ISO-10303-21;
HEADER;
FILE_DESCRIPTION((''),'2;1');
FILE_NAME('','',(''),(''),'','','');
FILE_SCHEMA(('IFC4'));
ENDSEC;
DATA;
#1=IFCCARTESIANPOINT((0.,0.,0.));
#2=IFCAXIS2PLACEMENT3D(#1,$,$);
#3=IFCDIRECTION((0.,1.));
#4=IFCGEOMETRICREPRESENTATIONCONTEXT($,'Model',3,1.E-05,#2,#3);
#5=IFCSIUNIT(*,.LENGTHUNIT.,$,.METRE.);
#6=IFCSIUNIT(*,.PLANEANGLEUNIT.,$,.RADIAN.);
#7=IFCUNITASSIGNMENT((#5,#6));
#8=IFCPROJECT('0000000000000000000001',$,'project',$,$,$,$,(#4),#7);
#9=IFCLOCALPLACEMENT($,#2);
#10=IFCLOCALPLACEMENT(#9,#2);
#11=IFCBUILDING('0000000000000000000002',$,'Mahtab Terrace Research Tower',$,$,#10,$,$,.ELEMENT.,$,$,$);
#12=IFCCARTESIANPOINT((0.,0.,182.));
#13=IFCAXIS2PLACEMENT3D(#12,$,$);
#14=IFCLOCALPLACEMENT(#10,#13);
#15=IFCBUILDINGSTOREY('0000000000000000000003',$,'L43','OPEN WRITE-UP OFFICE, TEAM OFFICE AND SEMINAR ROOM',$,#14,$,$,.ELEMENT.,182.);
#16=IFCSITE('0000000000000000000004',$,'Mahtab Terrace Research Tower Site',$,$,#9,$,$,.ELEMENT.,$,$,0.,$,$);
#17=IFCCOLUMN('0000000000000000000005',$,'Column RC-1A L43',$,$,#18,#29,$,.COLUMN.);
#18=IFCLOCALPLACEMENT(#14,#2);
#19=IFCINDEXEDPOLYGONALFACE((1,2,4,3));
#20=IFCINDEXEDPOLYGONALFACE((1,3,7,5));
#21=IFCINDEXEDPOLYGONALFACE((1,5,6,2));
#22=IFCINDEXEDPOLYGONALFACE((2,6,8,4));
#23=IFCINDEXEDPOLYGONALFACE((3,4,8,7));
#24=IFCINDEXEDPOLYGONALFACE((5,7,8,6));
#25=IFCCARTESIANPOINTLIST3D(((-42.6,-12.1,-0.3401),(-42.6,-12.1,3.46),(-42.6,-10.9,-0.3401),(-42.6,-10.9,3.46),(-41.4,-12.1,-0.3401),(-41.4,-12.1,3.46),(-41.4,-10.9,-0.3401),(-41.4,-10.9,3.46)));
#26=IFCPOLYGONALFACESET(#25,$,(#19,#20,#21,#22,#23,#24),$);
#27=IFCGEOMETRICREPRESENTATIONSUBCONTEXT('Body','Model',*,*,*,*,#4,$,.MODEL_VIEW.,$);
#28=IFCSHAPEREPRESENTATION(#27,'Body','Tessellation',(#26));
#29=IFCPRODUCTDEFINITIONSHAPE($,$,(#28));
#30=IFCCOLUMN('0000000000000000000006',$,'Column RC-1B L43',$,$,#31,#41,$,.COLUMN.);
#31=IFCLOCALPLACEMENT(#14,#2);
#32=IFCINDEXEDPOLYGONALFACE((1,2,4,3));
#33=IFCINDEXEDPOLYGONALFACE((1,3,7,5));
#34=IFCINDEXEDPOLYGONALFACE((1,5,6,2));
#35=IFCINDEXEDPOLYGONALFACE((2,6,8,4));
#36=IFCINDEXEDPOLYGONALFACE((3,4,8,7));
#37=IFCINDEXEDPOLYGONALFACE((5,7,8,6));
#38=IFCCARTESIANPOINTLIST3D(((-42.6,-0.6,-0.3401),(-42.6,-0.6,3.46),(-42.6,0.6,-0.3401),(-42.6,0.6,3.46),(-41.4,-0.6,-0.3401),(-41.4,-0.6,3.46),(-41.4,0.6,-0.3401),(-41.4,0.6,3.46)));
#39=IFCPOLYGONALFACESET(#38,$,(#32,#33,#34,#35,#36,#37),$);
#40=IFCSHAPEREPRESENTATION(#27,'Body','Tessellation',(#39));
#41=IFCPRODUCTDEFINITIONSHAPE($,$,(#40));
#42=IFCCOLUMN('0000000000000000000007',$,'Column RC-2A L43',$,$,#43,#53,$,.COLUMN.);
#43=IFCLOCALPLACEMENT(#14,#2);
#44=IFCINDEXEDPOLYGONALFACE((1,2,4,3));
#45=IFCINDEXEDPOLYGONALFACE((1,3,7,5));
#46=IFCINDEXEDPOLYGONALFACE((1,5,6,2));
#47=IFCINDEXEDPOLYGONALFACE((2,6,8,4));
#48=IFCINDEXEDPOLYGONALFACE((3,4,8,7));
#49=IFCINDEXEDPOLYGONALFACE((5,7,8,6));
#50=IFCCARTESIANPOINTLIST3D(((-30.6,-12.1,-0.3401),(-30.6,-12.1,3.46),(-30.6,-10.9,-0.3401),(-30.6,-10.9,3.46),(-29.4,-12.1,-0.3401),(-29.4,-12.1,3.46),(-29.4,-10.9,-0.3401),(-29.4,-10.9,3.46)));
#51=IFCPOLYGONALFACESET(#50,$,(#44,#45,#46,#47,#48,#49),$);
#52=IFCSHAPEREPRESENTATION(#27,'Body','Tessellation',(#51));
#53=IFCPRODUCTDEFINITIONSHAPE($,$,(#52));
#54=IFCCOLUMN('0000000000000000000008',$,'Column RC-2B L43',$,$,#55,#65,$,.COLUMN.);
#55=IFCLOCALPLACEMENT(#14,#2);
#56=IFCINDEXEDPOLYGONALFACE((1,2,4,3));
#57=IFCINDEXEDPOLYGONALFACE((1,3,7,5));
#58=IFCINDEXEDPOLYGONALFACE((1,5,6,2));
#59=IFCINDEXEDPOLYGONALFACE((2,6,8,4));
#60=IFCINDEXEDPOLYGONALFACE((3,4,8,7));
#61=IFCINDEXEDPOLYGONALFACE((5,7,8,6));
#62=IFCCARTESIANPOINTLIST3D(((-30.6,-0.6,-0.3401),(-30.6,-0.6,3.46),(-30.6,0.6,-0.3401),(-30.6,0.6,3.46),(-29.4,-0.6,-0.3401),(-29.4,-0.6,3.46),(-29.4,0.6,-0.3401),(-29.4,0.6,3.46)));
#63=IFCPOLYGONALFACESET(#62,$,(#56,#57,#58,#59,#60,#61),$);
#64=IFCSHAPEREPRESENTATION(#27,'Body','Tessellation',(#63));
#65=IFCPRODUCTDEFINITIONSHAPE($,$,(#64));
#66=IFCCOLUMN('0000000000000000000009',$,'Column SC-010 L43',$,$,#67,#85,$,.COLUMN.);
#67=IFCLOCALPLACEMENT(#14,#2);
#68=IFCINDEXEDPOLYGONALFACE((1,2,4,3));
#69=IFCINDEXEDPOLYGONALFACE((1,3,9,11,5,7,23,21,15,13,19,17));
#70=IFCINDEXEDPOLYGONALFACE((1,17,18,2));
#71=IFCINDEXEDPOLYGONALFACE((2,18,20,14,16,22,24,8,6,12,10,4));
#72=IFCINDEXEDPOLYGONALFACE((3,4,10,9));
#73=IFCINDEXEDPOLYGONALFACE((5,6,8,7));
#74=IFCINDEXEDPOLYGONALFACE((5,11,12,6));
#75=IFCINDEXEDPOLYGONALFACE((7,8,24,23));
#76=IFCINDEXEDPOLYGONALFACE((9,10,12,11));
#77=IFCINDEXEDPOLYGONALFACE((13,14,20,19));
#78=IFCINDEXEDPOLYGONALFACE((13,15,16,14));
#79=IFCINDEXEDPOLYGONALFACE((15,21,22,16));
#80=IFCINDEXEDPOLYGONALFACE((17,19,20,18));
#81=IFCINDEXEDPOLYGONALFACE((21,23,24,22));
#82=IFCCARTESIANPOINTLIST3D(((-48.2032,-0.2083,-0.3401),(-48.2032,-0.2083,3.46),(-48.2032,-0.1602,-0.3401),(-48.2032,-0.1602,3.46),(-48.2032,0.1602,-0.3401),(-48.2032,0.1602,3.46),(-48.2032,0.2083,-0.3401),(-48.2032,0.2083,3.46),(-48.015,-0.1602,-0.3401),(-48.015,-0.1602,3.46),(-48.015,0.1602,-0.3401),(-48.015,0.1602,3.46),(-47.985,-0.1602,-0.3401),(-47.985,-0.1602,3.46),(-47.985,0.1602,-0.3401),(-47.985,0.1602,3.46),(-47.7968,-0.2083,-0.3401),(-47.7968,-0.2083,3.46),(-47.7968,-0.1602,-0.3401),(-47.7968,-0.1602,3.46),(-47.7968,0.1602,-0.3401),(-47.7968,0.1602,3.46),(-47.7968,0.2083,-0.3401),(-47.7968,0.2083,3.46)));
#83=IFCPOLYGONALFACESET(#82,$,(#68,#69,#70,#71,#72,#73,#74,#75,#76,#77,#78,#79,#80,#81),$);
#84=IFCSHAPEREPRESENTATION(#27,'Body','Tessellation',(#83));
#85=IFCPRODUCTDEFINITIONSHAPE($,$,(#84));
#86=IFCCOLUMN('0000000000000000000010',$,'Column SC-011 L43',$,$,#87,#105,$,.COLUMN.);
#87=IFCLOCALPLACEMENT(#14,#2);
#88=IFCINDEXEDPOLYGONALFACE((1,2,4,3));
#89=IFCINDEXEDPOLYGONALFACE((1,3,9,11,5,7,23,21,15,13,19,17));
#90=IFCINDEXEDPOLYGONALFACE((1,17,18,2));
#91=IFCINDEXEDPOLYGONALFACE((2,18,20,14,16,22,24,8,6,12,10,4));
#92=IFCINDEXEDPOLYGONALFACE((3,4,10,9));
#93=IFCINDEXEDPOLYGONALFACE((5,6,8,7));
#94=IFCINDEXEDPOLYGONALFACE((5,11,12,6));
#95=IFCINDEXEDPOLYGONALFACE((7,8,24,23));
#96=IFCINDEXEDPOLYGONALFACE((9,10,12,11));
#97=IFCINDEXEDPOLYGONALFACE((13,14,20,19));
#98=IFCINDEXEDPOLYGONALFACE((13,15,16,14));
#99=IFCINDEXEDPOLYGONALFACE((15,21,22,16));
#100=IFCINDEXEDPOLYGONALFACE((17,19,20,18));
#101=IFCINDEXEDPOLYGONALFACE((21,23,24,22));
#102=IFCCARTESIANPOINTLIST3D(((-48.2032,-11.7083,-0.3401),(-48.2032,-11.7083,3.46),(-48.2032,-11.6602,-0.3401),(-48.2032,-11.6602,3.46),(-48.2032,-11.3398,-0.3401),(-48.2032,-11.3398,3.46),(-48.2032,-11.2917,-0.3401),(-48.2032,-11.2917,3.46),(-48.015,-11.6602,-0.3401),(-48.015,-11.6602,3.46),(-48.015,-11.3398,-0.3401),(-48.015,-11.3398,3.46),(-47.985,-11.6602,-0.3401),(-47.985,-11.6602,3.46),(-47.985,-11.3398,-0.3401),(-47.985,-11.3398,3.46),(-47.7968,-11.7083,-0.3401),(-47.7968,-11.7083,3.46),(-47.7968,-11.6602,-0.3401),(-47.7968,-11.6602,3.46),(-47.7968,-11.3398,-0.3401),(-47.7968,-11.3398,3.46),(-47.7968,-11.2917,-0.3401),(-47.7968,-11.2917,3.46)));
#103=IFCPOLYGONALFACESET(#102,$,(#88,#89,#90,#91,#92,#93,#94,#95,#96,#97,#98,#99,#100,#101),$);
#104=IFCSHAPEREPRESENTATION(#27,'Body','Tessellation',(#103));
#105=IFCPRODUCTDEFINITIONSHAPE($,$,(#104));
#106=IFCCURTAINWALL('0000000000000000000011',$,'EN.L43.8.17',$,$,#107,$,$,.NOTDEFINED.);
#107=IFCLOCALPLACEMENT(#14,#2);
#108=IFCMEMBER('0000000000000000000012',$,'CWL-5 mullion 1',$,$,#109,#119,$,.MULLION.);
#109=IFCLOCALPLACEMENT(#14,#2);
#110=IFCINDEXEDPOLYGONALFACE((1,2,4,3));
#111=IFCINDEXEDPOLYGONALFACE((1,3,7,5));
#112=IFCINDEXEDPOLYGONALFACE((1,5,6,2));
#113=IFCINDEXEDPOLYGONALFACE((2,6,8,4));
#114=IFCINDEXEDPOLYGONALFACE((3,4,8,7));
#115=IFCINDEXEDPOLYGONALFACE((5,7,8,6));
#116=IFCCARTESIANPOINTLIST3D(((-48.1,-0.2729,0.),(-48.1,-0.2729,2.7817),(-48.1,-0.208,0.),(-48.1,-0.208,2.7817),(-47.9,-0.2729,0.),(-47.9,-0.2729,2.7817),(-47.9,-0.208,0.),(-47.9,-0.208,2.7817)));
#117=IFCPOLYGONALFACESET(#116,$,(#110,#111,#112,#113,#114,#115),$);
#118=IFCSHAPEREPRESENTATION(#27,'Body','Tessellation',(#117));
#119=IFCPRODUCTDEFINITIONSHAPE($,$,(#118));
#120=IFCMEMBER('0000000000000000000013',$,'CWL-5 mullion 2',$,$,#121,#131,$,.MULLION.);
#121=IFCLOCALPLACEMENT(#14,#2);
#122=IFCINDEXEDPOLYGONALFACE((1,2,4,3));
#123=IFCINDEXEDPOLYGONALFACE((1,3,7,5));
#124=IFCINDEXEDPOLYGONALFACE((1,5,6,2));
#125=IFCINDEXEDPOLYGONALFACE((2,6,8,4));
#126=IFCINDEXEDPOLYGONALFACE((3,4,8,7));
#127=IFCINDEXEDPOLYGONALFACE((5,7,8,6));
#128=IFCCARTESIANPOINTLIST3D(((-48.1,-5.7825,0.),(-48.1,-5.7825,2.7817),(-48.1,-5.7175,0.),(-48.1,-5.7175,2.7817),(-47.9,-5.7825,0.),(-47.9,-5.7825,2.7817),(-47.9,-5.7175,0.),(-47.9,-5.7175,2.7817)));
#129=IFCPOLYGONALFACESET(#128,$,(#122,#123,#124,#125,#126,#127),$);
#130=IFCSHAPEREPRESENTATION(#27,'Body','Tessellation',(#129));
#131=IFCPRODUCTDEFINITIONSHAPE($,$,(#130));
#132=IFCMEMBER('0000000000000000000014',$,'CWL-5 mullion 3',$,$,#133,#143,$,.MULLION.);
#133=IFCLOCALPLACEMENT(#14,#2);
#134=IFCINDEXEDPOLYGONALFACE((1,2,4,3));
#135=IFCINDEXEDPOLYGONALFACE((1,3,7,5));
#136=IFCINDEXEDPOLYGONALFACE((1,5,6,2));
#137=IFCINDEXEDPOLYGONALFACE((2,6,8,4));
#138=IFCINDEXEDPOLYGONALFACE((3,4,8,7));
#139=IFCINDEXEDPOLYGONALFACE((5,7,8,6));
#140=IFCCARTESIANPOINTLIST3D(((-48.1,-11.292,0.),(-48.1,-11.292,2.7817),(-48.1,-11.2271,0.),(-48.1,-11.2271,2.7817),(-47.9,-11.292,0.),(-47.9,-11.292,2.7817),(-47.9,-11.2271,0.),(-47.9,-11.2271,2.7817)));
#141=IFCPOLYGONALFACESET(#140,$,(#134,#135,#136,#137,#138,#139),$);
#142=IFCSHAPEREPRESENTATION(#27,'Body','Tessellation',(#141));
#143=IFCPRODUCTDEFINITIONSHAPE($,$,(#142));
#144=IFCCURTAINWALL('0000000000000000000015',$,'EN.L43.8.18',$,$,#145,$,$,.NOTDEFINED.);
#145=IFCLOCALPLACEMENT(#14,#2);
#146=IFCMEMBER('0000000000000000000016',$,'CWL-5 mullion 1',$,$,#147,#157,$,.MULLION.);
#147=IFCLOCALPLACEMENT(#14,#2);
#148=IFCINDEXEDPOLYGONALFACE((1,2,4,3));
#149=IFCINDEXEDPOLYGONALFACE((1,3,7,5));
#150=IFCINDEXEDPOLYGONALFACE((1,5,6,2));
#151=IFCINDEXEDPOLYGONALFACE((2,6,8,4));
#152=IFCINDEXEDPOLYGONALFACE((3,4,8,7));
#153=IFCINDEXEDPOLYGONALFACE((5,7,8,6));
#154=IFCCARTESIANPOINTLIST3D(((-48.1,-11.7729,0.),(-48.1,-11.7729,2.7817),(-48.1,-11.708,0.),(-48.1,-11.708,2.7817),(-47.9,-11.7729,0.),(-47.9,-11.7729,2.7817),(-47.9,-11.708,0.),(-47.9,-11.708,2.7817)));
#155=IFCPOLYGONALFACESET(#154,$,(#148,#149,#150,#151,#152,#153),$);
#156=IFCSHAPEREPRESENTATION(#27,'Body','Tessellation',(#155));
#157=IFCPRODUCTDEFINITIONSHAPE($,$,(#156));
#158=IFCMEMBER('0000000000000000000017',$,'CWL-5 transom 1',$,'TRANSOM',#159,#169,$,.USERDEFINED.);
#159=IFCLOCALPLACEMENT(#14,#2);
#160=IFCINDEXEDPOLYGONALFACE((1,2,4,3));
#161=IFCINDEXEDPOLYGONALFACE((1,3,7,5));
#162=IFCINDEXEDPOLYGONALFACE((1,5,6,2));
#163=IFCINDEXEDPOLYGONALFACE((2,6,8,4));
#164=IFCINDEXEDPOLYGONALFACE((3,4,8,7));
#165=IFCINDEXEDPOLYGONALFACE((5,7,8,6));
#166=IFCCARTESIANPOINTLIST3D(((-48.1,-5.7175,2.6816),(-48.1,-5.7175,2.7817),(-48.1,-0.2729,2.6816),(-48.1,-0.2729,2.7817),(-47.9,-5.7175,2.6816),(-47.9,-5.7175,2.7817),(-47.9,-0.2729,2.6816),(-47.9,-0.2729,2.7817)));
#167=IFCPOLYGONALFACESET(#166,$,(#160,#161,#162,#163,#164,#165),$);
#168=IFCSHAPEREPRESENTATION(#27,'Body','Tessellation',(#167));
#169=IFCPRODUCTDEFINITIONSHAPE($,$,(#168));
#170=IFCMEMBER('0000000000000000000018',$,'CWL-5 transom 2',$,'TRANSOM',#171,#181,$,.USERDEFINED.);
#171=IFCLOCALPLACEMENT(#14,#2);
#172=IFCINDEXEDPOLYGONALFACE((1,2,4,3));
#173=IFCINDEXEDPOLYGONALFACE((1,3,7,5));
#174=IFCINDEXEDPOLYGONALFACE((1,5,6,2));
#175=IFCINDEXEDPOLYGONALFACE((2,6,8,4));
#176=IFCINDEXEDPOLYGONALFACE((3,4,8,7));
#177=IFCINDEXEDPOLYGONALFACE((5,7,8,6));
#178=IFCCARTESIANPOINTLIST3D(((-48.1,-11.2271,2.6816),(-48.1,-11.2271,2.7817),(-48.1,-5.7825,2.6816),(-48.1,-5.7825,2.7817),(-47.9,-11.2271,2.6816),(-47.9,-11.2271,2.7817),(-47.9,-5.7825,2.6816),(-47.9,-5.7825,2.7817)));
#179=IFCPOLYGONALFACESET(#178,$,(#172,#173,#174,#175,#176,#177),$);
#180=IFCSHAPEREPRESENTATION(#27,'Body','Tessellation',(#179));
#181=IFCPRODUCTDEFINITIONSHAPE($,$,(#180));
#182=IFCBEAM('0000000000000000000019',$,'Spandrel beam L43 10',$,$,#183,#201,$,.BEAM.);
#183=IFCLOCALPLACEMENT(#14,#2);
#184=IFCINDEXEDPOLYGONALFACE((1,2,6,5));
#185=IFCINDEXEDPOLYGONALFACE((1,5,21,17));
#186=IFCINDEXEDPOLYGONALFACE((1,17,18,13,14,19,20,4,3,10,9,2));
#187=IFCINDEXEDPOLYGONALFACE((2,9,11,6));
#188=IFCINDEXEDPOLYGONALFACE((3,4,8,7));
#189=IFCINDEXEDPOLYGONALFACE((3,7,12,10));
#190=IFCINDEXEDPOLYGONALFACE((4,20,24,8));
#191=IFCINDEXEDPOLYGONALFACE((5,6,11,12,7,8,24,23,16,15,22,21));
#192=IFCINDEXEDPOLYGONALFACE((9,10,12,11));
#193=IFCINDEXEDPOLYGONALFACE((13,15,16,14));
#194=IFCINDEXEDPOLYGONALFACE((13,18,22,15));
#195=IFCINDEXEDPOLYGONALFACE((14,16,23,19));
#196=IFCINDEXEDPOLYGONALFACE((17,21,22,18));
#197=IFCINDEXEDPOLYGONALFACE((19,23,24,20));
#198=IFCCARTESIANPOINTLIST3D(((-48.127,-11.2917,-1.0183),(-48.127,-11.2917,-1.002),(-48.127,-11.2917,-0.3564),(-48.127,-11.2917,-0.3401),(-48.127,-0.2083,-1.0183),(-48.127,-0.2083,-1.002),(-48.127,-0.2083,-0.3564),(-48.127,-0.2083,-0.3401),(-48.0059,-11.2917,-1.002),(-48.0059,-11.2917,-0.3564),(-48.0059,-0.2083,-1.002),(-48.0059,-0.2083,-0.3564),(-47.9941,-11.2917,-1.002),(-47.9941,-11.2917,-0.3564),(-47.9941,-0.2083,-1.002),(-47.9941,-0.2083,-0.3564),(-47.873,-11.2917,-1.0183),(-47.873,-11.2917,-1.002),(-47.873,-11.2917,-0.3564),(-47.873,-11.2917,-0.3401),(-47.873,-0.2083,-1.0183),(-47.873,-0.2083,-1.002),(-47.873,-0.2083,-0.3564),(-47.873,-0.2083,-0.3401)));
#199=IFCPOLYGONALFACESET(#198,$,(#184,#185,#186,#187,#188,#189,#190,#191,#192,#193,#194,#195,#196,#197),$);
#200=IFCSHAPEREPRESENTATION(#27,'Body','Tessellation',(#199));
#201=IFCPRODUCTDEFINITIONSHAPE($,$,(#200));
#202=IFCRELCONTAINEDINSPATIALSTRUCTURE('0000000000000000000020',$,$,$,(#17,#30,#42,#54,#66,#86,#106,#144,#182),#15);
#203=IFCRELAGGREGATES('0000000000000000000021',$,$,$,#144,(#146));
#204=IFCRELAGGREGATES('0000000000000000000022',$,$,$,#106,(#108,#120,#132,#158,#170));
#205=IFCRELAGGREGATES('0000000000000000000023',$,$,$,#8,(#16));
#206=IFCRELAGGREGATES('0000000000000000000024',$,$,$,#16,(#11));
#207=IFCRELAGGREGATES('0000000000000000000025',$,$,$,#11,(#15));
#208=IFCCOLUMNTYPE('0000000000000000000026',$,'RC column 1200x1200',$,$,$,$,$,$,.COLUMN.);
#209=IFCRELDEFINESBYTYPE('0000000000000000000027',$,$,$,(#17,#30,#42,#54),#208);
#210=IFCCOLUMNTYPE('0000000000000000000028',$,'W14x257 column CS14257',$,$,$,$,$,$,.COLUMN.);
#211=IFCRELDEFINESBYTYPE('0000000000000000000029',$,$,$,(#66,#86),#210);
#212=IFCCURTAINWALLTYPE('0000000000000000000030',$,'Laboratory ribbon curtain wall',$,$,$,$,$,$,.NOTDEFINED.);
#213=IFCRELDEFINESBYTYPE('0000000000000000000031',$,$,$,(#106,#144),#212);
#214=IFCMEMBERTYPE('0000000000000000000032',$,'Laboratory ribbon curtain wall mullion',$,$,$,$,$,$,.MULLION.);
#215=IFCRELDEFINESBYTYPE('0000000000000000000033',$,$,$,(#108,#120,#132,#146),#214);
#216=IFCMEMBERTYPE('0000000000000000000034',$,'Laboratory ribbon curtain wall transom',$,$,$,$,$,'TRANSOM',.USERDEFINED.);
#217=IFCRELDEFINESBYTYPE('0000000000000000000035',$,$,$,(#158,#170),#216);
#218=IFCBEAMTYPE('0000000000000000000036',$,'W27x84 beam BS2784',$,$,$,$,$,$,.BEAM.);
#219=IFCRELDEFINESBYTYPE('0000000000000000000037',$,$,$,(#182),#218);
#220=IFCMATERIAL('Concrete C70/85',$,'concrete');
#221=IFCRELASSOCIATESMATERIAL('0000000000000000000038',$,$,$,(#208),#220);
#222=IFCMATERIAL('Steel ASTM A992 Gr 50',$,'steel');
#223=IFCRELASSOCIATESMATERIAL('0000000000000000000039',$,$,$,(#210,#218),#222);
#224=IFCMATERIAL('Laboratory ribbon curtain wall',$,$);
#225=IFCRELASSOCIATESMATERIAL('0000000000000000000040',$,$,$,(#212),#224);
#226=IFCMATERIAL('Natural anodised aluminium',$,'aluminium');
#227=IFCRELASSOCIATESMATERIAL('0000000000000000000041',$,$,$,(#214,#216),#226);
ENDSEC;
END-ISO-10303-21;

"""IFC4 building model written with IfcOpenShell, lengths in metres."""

from ifc_helpers import new_model, si_unit, direction, frame, origin, origin_2d, place, context, subcontext, project, spatial, rectangle, i_section, extrude, material, material_profile, profile_set, type_object, element, aggregate, save


model = new_model("IFC4")

# Units and contexts
model_context = context("Model", 3, precision=1e-05, world=origin(), true_north=direction((0.0, 1.0)))
body_context = subcontext(model_context, "Body", "Model", "MODEL_VIEW")
ifc_project = project(units=[si_unit("LENGTHUNIT", "METRE"), si_unit("PLANEANGLEUNIT", "RADIAN")], contexts=[model_context])

# Site, building, storey
site_placement = place(None, origin())
site = spatial("IfcSite", under=ifc_project, at=site_placement, Name="Mahtab Terrace Research Tower Site", CompositionType="ELEMENT", RefElevation=0.0)
building_placement = place(site_placement, origin())
building = spatial("IfcBuilding", under=site, at=building_placement, Name="Mahtab Terrace Research Tower", CompositionType="ELEMENT")
storey_placement = place(building_placement, frame((0.0, 0.0, 182.0)))
storey = spatial("IfcBuildingStorey", under=building, at=storey_placement, Name="L43", Description="OPEN WRITE-UP OFFICE, TEAM OFFICE AND SEMINAR ROOM", CompositionType="ELEMENT", Elevation=182.0)

# Columns
ifc_material_1 = material(Name="Concrete C70/85", Category="concrete")
ifc_material_profile_1 = material_profile(ifc_material_1, rectangle(XDim=1.2, YDim=1.2, at=origin_2d()), Name="RC column 1200x1200")
ifc_profile_set_1 = profile_set([ifc_material_profile_1], Name="Concrete C70/85")
column_type_1 = type_object("IfcColumnType", Name="RC column 1200x1200", PredefinedType="COLUMN", material=ifc_profile_set_1)
for number, where, z_axis, x_axis, name in (
    (1, (-42.0, -11.5, -0.3401), (0.0, 0.0, 1.0), (1.0, 0.0, 0.0), "Column RC-1A L43"),
    (2, (-42.0, 0.0, -0.3401), (0.0, 0.0, 1.0), (1.0, 0.0, 0.0), "Column RC-1B L43"),
    (3, (-30.0, -11.5, -0.3401), (0.0, 0.0, 1.0), (1.0, 0.0, 0.0), "Column RC-2A L43"),
    (4, (-30.0, 0.0, -0.3401), (0.0, 0.0, 1.0), (1.0, 0.0, 0.0), "Column RC-2B L43"),
):
    element("IfcColumn", number, at=place(storey_placement, frame(where, z_axis=z_axis, x_axis=x_axis)), inside=storey, type_object=column_type_1, Name=name, PredefinedType="COLUMN", context=body_context, shape_type="SweptSolid", body=[
        extrude(rectangle(XDim=1.2, YDim=1.2, at=origin_2d()), origin(), (0.0, 0.0, 1.0), 3.8),
    ])
ifc_material_2 = material(Name="Steel ASTM A992 Gr 50", Category="steel")
ifc_material_profile_2 = material_profile(ifc_material_2, i_section(OverallWidth=0.4065, OverallDepth=0.4165, WebThickness=0.03, FlangeThickness=0.0481, at=origin_2d()), Name="W14X257")
ifc_profile_set_2 = profile_set([ifc_material_profile_2], Name="Steel ASTM A992 Gr 50")
column_type_2 = type_object("IfcColumnType", Name="W14x257 column CS14257", PredefinedType="COLUMN", material=ifc_profile_set_2)
for number, where, z_axis, x_axis, name in (
    (5, (-48.0, 0.0, -0.3401), (0.0, 0.0, 1.0), (1.0, 0.0, 0.0), "Column SC-010 L43"),
    (6, (-48.0, -11.5, -0.3401), (0.0, 0.0, 1.0), (1.0, 0.0, 0.0), "Column SC-011 L43"),
):
    element("IfcColumn", number, at=place(storey_placement, frame(where, z_axis=z_axis, x_axis=x_axis)), inside=storey, type_object=column_type_2, Name=name, PredefinedType="COLUMN", context=body_context, shape_type="SweptSolid", body=[
        extrude(i_section(OverallWidth=0.4065, OverallDepth=0.4165, WebThickness=0.03, FlangeThickness=0.0481, at=origin_2d()), origin(), (0.0, 0.0, 1.0), 3.8),
    ])

# Curtain wall, members
ifc_material_3 = material(Name="Laboratory ribbon curtain wall")
curtain_wall_type = type_object("IfcCurtainWallType", Name="Laboratory ribbon curtain wall", PredefinedType="NOTDEFINED", material=ifc_material_3)
curtain_wall_1_placement = place(storey_placement, origin())
curtain_wall_1 = element("IfcCurtainWall", 7, at=curtain_wall_1_placement, inside=storey, type_object=curtain_wall_type, Name="EN.L43.8.17", PredefinedType="NOTDEFINED")
ifc_material_4 = material(Name="Natural anodised aluminium", Category="aluminium")
ifc_material_profile_3 = material_profile(ifc_material_4, rectangle(XDim=0.2, YDim=0.0649, at=origin_2d()), Name="MULLION 65x200")
ifc_profile_set_3 = profile_set([ifc_material_profile_3], Name="Natural anodised aluminium")
member_type_1 = type_object("IfcMemberType", Name="Laboratory ribbon curtain wall mullion", PredefinedType="MULLION", material=ifc_profile_set_3)
member_1_placement = place(storey_placement, frame((-48.0, -0.2405, 0.0), z_axis=(0.0, 0.0, 1.0), x_axis=(1.0, 0.0, 0.0)))
member_1 = element("IfcMember", 8, at=member_1_placement, type_object=member_type_1, Name="CWL-5 mullion 1", PredefinedType="MULLION", context=body_context, shape_type="SweptSolid", body=[
    extrude(rectangle(XDim=0.2, YDim=0.0649, at=origin_2d()), origin(), (0.0, 0.0, 1.0), 2.7817),
])
member_2_placement = place(storey_placement, frame((-48.0, -5.75, 0.0), z_axis=(0.0, 0.0, 1.0), x_axis=(1.0, 0.0, 0.0)))
member_2 = element("IfcMember", 9, at=member_2_placement, type_object=member_type_1, Name="CWL-5 mullion 2", PredefinedType="MULLION", context=body_context, shape_type="SweptSolid", body=[
    extrude(rectangle(XDim=0.2, YDim=0.0649, at=origin_2d()), origin(), (0.0, 0.0, 1.0), 2.7817),
])
member_3_placement = place(storey_placement, frame((-48.0, -11.2595, 0.0), z_axis=(0.0, 0.0, 1.0), x_axis=(1.0, 0.0, 0.0)))
member_3 = element("IfcMember", 10, at=member_3_placement, type_object=member_type_1, Name="CWL-5 mullion 3", PredefinedType="MULLION", context=body_context, shape_type="SweptSolid", body=[
    extrude(rectangle(XDim=0.2, YDim=0.0649, at=origin_2d()), origin(), (0.0, 0.0, 1.0), 2.7817),
])

# Curtain wall, member
curtain_wall_2_placement = place(storey_placement, origin())
curtain_wall_2 = element("IfcCurtainWall", 11, at=curtain_wall_2_placement, inside=storey, type_object=curtain_wall_type, Name="EN.L43.8.18", PredefinedType="NOTDEFINED")
member_4_placement = place(storey_placement, frame((-48.0, -11.7405, 0.0), z_axis=(0.0, 0.0, 1.0), x_axis=(1.0, 0.0, 0.0)))
member_4 = element("IfcMember", 12, at=member_4_placement, type_object=member_type_1, Name="CWL-5 mullion 1", PredefinedType="MULLION", context=body_context, shape_type="SweptSolid", body=[
    extrude(rectangle(XDim=0.2, YDim=0.0649, at=origin_2d()), origin(), (0.0, 0.0, 1.0), 2.7817),
])
aggregate(curtain_wall_2, [member_4])

# Members
ifc_material_profile_4 = material_profile(ifc_material_4, rectangle(XDim=0.2, YDim=0.1001, at=origin_2d()), Name="TRANSOM 100x200")
ifc_profile_set_4 = profile_set([ifc_material_profile_4], Name="Natural anodised aluminium")
member_type_2 = type_object("IfcMemberType", Name="Laboratory ribbon curtain wall transom", ElementType="TRANSOM", PredefinedType="USERDEFINED", material=ifc_profile_set_4)
member_5_placement = place(storey_placement, frame((-48.0, -0.2729, 2.7317), z_axis=(0.0, -1.0, 0.0), x_axis=(1.0, 0.0, 0.0)))
member_5 = element("IfcMember", 13, at=member_5_placement, type_object=member_type_2, Name="CWL-5 transom 1", ObjectType="TRANSOM", PredefinedType="USERDEFINED", context=body_context, shape_type="SweptSolid", body=[
    extrude(rectangle(XDim=0.2, YDim=0.1001, at=origin_2d()), origin(), (0.0, 0.0, 1.0), 5.4446),
])
member_6_placement = place(storey_placement, frame((-48.0, -5.7825, 2.7317), z_axis=(0.0, -1.0, 0.0), x_axis=(1.0, 0.0, 0.0)))
member_6 = element("IfcMember", 14, at=member_6_placement, type_object=member_type_2, Name="CWL-5 transom 2", ObjectType="TRANSOM", PredefinedType="USERDEFINED", context=body_context, shape_type="SweptSolid", body=[
    extrude(rectangle(XDim=0.2, YDim=0.1001, at=origin_2d()), origin(), (0.0, 0.0, 1.0), 5.4446),
])

# Beam
ifc_material_profile_5 = material_profile(ifc_material_2, i_section(OverallWidth=0.2539, OverallDepth=0.6782, WebThickness=0.0117, FlangeThickness=0.0164, at=origin_2d()), Name="W27X84")
ifc_profile_set_5 = profile_set([ifc_material_profile_5], Name="Steel ASTM A992 Gr 50")
beam_type = type_object("IfcBeamType", Name="W27x84 beam BS2784", PredefinedType="BEAM", material=ifc_profile_set_5)
beam_1_placement = place(storey_placement, frame((-48.0, -0.2083, -0.6792), z_axis=(0.0, -1.0, 0.0), x_axis=(1.0, 0.0, 0.0)))
element("IfcBeam", 15, at=beam_1_placement, inside=storey, type_object=beam_type, Name="Spandrel beam L43 10", PredefinedType="BEAM", context=body_context, shape_type="SweptSolid", body=[
    extrude(i_section(OverallWidth=0.2539, OverallDepth=0.6782, WebThickness=0.0117, FlangeThickness=0.0164, at=origin_2d()), origin(), (0.0, 0.0, 1.0), 11.0835),
])

aggregate(curtain_wall_1, [member_1, member_2, member_3, member_5, member_6])

save(model, "model.ifc")
